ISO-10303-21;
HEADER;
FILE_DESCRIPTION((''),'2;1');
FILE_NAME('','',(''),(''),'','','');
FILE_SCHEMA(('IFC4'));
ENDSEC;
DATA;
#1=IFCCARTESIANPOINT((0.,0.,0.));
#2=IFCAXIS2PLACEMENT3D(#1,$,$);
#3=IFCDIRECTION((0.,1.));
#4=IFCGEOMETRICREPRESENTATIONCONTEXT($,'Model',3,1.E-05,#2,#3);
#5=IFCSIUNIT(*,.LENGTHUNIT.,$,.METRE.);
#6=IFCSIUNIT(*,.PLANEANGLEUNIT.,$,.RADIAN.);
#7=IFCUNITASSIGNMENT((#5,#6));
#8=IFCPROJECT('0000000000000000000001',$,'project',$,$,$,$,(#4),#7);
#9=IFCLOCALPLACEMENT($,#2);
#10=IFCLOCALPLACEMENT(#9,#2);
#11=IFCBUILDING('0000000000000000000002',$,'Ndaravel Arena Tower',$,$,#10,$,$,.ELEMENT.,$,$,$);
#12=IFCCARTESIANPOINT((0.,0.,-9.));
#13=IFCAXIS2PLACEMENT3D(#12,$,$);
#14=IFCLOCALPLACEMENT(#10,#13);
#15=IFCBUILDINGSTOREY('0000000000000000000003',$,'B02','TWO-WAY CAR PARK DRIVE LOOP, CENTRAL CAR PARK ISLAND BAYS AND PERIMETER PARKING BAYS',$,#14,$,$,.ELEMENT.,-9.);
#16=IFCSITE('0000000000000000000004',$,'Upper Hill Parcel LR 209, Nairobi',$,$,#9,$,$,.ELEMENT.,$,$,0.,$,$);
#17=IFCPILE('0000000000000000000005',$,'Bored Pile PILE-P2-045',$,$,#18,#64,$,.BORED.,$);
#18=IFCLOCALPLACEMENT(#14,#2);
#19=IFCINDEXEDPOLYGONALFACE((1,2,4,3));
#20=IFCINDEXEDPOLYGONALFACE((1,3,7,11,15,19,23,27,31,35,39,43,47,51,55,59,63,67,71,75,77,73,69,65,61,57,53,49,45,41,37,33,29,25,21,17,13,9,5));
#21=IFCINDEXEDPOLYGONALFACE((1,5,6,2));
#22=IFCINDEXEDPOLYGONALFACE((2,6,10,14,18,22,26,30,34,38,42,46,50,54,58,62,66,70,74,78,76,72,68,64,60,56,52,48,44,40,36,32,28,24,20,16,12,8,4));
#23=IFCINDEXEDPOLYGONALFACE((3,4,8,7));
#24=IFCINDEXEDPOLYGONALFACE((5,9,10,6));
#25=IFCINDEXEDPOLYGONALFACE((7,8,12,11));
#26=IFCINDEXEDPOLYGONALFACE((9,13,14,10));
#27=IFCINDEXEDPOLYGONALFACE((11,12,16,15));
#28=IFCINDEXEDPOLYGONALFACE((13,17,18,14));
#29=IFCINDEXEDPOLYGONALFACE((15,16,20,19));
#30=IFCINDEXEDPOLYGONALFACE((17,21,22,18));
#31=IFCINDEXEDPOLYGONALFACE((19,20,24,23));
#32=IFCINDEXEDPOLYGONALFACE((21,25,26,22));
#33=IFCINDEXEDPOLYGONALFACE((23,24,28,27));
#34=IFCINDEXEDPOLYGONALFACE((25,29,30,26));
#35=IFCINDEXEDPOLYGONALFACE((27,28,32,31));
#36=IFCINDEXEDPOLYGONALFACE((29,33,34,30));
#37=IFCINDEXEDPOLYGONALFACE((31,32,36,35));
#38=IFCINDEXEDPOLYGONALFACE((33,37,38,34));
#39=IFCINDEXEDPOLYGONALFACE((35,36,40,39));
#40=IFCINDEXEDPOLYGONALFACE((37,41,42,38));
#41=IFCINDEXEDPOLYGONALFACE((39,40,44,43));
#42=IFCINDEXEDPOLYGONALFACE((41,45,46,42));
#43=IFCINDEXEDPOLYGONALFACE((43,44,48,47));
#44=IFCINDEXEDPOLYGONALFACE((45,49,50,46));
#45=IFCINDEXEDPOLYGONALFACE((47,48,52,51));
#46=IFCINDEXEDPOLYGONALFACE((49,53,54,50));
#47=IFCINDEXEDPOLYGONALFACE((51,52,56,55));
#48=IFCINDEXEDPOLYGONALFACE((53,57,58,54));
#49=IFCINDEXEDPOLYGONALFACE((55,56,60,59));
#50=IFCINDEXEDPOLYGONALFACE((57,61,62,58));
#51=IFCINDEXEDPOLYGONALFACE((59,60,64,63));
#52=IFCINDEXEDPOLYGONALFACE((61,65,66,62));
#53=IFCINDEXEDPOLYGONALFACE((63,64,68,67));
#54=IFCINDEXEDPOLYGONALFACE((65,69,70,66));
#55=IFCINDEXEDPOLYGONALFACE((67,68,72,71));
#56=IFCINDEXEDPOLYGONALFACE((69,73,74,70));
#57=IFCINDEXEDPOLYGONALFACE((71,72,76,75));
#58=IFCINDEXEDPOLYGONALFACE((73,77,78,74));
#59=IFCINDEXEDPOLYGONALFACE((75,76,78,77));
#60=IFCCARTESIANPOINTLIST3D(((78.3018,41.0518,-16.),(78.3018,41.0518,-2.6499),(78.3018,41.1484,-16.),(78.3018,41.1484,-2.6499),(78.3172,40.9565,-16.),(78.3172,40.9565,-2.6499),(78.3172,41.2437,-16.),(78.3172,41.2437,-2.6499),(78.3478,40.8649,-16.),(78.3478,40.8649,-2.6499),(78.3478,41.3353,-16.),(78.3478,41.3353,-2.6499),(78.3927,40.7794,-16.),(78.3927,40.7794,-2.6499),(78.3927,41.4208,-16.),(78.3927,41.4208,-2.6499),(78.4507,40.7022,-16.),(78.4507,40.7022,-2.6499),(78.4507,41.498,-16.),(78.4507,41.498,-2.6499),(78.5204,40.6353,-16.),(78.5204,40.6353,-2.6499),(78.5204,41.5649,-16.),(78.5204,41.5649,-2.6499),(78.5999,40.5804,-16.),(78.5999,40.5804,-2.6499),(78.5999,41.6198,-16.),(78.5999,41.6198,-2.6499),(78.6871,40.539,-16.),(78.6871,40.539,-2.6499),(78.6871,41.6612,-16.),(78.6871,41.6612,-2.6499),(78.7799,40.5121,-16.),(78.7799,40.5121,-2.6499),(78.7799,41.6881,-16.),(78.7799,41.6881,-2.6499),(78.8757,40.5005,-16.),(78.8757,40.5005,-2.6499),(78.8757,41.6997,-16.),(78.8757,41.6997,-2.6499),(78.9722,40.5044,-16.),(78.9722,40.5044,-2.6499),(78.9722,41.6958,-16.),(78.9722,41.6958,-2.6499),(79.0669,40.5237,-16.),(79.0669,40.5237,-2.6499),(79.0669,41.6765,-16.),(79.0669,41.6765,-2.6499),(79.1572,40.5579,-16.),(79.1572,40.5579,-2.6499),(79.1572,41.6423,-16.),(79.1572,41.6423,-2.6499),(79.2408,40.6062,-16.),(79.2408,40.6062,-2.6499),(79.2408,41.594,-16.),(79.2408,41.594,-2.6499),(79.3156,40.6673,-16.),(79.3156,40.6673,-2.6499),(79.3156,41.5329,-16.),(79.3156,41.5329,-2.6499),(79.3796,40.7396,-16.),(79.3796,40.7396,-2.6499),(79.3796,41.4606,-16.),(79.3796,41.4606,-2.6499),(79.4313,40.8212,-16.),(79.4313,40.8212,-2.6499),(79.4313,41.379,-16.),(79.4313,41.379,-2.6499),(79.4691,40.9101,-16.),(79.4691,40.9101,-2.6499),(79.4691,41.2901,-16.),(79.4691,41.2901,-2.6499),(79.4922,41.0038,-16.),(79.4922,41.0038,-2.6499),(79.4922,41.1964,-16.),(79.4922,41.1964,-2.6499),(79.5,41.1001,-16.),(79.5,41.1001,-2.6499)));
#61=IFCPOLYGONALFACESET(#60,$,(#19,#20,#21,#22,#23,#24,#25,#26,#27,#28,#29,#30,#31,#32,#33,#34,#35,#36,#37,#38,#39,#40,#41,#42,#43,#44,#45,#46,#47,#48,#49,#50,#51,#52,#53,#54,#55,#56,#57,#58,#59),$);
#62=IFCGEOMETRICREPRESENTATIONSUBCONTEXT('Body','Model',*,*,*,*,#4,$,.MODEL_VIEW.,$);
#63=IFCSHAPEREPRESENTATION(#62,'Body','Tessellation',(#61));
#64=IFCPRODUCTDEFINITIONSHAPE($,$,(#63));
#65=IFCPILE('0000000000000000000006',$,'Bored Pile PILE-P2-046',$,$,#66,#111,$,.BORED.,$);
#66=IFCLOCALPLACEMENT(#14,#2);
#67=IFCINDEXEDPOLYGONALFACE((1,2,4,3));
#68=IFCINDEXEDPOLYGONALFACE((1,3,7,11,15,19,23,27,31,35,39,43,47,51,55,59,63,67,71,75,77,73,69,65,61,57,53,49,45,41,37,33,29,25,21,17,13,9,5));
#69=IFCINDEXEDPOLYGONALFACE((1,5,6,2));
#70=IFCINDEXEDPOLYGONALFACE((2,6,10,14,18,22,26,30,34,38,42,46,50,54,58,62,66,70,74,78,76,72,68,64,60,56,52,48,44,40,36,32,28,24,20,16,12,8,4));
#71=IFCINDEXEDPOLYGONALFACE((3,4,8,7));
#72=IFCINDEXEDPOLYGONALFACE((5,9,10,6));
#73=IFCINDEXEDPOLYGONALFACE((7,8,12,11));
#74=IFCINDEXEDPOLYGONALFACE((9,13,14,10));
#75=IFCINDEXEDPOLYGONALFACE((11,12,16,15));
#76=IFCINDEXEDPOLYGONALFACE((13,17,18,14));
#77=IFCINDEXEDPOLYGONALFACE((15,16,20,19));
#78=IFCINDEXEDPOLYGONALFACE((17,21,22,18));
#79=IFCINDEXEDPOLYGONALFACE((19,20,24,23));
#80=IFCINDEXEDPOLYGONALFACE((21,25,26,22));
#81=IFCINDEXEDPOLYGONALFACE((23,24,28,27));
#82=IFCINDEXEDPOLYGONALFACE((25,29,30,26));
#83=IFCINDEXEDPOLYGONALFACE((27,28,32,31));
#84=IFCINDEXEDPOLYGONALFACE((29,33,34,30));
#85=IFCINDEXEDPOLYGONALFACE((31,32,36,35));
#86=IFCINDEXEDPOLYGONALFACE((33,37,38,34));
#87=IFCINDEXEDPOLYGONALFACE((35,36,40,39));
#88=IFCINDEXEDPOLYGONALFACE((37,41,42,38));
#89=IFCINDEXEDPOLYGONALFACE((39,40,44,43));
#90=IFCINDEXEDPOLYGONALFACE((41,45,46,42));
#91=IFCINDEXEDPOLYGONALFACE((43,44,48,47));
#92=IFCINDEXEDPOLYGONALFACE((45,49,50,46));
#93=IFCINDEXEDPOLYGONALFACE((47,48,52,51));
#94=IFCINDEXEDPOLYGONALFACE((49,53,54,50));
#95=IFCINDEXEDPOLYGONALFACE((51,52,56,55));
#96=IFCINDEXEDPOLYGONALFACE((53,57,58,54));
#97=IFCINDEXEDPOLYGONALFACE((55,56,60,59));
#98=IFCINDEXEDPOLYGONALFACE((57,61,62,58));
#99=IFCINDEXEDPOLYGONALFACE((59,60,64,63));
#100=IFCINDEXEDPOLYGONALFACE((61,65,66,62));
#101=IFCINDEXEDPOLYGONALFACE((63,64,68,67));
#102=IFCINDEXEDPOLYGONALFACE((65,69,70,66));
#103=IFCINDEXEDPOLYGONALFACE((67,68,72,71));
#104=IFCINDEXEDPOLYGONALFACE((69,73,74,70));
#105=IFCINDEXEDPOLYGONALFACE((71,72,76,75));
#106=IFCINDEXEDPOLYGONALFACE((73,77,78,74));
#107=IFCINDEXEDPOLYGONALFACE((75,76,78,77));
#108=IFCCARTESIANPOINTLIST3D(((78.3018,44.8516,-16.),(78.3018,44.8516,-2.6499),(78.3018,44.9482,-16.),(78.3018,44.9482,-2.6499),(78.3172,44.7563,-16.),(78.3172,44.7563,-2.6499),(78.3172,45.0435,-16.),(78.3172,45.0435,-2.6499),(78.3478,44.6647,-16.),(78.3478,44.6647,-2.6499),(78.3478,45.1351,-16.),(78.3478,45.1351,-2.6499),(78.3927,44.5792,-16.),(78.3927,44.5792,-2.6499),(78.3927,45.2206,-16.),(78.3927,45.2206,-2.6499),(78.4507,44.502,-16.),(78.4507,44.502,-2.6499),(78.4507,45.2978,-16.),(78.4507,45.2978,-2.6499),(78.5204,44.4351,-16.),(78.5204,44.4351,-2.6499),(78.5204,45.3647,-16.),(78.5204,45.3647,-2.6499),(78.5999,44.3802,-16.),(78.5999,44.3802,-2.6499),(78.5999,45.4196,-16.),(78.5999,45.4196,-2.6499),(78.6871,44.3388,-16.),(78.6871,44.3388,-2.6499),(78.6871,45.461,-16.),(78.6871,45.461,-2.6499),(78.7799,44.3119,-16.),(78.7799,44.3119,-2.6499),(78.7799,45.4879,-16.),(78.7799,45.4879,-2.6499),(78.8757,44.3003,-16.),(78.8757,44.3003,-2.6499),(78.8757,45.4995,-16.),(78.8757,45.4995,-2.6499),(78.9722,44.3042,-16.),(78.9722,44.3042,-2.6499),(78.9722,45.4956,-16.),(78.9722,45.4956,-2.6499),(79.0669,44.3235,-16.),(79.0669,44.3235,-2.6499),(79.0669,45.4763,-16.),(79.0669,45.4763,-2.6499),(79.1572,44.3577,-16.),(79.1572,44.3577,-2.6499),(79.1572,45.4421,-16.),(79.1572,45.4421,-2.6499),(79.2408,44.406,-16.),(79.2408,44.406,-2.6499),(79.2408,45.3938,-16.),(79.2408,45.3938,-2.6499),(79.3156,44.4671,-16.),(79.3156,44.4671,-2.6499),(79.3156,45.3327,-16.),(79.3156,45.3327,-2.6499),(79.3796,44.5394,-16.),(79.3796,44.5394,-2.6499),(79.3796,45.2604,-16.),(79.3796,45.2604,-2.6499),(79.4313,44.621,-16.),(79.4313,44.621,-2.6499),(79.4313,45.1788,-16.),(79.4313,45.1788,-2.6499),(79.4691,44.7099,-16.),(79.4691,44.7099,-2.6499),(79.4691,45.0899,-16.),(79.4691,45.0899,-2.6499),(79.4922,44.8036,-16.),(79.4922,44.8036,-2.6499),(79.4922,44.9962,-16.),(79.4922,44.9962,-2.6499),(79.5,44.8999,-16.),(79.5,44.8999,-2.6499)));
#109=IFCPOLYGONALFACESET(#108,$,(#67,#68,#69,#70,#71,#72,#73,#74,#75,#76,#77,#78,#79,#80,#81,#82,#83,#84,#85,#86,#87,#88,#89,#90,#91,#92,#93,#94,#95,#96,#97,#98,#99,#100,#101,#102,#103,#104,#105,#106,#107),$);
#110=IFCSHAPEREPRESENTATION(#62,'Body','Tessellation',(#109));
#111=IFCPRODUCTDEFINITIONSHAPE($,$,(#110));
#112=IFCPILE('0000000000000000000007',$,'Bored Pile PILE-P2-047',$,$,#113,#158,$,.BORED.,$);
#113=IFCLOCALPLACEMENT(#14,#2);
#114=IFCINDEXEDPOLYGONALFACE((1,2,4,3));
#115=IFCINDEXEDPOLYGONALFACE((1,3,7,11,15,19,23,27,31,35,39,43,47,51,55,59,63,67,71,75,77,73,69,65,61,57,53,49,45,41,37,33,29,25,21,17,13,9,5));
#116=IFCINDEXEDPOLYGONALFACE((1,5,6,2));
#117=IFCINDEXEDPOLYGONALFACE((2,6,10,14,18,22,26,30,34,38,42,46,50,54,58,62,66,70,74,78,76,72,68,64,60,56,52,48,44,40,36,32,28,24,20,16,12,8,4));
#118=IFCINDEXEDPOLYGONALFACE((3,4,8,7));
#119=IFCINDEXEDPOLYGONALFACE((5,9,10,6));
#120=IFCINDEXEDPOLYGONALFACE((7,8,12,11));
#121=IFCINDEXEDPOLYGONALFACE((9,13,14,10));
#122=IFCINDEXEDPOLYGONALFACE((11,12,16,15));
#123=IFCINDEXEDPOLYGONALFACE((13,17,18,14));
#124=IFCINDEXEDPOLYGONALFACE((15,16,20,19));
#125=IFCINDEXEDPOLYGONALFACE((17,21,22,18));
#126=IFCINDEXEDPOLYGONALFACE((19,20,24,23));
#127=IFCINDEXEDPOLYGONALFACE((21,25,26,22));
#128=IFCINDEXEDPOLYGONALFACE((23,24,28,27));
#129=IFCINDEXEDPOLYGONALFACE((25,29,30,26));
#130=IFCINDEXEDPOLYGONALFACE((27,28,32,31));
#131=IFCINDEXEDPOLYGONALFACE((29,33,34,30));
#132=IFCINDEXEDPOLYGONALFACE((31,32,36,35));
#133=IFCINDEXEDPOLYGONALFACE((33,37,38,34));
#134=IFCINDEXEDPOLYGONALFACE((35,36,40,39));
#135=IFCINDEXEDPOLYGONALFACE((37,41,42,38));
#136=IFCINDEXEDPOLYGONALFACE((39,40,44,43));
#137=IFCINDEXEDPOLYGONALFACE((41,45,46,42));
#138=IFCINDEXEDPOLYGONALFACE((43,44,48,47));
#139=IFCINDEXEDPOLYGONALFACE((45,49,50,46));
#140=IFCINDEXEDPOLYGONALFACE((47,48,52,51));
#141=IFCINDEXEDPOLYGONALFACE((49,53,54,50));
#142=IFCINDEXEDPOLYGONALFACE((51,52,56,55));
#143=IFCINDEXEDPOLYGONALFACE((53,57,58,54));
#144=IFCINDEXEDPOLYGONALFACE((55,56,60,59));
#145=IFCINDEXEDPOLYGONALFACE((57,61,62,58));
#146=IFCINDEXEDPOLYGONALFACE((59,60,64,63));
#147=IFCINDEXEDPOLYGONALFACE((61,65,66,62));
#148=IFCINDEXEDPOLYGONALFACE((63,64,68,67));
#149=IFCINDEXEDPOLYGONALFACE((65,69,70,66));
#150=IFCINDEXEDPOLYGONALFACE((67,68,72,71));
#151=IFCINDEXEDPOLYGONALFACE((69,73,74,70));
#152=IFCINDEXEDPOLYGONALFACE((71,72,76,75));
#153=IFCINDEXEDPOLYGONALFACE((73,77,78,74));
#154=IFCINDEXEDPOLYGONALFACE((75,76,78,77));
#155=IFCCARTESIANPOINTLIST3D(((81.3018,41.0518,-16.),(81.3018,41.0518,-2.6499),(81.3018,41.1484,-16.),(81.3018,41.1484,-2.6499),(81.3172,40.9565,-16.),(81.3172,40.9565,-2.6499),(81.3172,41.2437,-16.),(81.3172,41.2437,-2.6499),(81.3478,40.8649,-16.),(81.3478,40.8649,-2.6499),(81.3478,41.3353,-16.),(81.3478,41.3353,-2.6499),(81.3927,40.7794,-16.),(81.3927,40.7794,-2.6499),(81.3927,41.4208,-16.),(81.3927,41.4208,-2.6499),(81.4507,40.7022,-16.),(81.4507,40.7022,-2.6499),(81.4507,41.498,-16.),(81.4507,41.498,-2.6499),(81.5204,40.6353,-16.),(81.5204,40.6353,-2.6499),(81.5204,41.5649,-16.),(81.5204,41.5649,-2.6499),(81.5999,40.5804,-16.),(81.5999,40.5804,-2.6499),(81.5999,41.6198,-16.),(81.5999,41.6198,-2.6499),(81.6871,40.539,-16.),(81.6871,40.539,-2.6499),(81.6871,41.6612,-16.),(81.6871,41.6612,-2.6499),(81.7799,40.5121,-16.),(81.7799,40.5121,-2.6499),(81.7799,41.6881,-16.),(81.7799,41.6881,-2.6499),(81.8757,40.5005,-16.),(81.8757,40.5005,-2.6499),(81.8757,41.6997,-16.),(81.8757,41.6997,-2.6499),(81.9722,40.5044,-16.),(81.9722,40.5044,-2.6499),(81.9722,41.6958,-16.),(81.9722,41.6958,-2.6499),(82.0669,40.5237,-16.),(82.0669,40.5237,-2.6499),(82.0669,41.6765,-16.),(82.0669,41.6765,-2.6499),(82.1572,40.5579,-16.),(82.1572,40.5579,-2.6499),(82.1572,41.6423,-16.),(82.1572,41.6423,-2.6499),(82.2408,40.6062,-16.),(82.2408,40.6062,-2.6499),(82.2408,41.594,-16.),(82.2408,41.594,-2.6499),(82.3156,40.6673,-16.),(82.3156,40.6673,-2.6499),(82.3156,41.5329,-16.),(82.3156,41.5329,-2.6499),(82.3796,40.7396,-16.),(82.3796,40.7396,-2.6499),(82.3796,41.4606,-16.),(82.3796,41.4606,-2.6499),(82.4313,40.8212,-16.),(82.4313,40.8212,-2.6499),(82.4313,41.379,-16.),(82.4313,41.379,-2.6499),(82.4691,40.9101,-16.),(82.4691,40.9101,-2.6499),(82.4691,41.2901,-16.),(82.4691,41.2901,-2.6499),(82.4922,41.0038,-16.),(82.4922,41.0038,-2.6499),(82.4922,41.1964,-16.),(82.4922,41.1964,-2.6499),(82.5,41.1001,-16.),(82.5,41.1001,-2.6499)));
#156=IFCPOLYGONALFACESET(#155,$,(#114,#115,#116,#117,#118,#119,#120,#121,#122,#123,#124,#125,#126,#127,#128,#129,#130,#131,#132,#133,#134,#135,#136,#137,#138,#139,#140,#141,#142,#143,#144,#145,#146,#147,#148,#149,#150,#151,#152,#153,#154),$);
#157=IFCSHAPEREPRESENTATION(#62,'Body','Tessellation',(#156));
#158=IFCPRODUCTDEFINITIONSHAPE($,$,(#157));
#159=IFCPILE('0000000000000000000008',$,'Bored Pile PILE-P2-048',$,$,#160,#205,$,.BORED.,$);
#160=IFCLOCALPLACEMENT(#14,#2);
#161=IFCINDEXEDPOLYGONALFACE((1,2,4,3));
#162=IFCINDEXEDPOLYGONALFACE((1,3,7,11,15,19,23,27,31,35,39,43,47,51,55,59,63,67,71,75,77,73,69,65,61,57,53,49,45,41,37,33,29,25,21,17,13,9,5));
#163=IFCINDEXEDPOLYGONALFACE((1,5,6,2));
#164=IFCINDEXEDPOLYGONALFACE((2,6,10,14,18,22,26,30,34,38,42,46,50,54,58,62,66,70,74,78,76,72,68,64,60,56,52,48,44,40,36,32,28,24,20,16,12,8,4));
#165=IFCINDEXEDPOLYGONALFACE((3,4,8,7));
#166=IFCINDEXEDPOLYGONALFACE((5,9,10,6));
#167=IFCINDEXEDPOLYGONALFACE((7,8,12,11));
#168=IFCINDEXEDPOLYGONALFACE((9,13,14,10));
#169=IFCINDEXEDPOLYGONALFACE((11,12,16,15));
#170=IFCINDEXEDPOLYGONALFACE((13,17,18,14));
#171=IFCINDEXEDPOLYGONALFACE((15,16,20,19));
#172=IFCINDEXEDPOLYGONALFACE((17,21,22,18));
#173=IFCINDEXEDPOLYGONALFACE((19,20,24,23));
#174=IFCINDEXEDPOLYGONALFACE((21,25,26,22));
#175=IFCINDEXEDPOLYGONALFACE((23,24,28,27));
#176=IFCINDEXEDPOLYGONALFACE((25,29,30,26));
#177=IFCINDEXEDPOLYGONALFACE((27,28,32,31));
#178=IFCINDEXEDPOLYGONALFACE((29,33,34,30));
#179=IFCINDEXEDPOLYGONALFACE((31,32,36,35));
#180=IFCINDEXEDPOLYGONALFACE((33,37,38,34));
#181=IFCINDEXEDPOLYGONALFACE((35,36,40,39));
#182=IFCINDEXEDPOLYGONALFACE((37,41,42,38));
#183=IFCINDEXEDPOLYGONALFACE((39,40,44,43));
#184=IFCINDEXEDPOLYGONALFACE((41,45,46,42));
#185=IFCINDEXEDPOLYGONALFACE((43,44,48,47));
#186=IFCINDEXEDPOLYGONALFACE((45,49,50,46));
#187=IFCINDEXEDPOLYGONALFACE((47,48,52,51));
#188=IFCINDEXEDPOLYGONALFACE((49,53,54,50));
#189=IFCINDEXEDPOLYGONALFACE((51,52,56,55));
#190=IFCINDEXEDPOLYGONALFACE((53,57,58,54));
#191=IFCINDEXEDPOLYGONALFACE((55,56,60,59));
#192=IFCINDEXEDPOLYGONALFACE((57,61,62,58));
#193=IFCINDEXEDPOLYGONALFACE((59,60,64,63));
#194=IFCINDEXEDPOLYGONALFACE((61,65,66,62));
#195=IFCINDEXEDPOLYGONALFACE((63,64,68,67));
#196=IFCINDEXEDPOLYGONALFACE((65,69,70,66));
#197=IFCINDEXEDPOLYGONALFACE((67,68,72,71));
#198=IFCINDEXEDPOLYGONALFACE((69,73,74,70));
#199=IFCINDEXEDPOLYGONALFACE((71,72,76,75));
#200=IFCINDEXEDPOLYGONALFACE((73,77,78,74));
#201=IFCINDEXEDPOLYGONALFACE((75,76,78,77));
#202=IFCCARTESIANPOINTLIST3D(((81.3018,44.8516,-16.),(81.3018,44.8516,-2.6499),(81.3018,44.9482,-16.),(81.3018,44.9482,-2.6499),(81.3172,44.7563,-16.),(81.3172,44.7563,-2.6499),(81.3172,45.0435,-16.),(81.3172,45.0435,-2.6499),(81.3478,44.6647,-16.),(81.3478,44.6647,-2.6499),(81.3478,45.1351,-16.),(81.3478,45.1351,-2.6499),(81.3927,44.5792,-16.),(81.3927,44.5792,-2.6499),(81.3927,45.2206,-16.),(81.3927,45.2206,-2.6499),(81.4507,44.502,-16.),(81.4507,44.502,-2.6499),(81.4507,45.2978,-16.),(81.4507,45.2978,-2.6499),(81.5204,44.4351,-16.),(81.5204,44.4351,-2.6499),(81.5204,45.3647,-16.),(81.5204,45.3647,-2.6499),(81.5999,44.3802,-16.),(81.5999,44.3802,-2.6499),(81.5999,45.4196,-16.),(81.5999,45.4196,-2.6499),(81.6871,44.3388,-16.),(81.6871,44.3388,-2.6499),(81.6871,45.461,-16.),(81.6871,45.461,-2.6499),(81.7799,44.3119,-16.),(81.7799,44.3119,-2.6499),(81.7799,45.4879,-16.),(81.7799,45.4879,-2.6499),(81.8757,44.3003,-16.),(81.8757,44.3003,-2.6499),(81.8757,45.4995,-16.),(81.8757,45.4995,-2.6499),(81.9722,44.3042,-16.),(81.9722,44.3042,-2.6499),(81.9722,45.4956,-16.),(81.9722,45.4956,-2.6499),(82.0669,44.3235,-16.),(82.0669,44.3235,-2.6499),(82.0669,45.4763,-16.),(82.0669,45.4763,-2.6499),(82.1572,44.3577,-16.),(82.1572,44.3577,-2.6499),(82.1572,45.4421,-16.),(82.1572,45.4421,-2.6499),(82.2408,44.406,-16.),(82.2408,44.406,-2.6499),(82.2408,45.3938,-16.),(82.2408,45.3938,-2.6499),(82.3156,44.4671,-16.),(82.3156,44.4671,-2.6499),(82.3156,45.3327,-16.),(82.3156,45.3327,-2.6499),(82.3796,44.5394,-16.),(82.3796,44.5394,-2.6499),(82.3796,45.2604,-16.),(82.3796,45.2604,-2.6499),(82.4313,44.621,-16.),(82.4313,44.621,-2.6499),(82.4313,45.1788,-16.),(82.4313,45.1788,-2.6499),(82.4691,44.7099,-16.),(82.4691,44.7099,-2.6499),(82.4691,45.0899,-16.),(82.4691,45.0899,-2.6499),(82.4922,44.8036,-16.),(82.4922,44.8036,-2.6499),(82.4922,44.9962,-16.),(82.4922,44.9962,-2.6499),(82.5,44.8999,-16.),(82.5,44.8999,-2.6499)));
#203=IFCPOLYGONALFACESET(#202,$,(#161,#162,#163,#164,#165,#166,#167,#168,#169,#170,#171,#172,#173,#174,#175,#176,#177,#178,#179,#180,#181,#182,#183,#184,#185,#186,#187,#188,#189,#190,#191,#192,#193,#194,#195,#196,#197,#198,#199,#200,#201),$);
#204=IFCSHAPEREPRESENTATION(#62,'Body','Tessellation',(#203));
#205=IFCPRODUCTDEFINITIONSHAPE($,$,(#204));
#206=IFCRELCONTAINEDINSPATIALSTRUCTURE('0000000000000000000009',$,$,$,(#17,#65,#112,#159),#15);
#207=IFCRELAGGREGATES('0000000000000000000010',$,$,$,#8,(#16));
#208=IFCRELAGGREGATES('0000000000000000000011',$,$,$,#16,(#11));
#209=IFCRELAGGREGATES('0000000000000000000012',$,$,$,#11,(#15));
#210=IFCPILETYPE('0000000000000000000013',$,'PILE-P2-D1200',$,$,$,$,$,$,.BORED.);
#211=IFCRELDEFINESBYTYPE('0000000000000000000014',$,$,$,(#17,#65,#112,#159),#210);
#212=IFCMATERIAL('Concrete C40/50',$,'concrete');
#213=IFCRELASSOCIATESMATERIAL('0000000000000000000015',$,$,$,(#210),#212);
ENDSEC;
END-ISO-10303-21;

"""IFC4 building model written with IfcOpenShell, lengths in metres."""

from ifc_helpers import new_model, si_unit, direction, frame, origin, origin_2d, place, context, subcontext, project, spatial, circle, extrude, material, material_profile, profile_set, type_object, element, save


model = new_model("IFC4")

# Units and contexts
model_context = context("Model", 3, precision=1e-05, world=origin(), true_north=direction((0.0, 1.0)))
body_context = subcontext(model_context, "Body", "Model", "MODEL_VIEW")
ifc_project = project(units=[si_unit("LENGTHUNIT", "METRE"), si_unit("PLANEANGLEUNIT", "RADIAN")], contexts=[model_context])

# Site, building, storey
site_placement = place(None, origin())
site = spatial("IfcSite", under=ifc_project, at=site_placement, Name="Upper Hill Parcel LR 209, Nairobi", CompositionType="ELEMENT", RefElevation=0.0)
building_placement = place(site_placement, origin())
building = spatial("IfcBuilding", under=site, at=building_placement, Name="Ndaravel Arena Tower", CompositionType="ELEMENT")
storey_placement = place(building_placement, frame((0.0, 0.0, -9.0)))
storey = spatial("IfcBuildingStorey", under=building, at=storey_placement, Name="B02", Description="TWO-WAY CAR PARK DRIVE LOOP, CENTRAL CAR PARK ISLAND BAYS AND PERIMETER PARKING BAYS", CompositionType="ELEMENT", Elevation=-9.0)

# Piles
ifc_material_1 = material(Name="Concrete C40/50", Category="concrete")
ifc_material_profile_1 = material_profile(ifc_material_1, circle(Radius=0.6001, at=origin_2d()), Name="BORED PILE D1200")
ifc_profile_set_1 = profile_set([ifc_material_profile_1], Name="Concrete C40/50")
pile_type_1 = type_object("IfcPileType", Name="PILE-P2-D1200", PredefinedType="BORED", material=ifc_profile_set_1)
for number, where, z_axis, x_axis, name in (
    (1, (78.8999, 41.1001, -2.6499), (0.0, 0.0, -1.0), (1.0, 0.0, 0.0), "Bored Pile PILE-P2-045"),
    (2, (78.8999, 44.8999, -2.6499), (0.0, 0.0, -1.0), (1.0, 0.0, 0.0), "Bored Pile PILE-P2-046"),
    (3, (81.8999, 41.1001, -2.6499), (0.0, 0.0, -1.0), (1.0, 0.0, 0.0), "Bored Pile PILE-P2-047"),
    (4, (81.8999, 44.8999, -2.6499), (0.0, 0.0, -1.0), (1.0, 0.0, 0.0), "Bored Pile PILE-P2-048"),
):
    element("IfcPile", number, at=place(storey_placement, frame(where, z_axis=z_axis, x_axis=x_axis)), inside=storey, type_object=pile_type_1, Name=name, PredefinedType="BORED", context=body_context, shape_type="SweptSolid", body=[
        extrude(circle(Radius=0.6001, at=origin_2d()), origin(), (0.0, 0.0, 1.0), 13.3501),
    ])

save(model, "model.ifc")
